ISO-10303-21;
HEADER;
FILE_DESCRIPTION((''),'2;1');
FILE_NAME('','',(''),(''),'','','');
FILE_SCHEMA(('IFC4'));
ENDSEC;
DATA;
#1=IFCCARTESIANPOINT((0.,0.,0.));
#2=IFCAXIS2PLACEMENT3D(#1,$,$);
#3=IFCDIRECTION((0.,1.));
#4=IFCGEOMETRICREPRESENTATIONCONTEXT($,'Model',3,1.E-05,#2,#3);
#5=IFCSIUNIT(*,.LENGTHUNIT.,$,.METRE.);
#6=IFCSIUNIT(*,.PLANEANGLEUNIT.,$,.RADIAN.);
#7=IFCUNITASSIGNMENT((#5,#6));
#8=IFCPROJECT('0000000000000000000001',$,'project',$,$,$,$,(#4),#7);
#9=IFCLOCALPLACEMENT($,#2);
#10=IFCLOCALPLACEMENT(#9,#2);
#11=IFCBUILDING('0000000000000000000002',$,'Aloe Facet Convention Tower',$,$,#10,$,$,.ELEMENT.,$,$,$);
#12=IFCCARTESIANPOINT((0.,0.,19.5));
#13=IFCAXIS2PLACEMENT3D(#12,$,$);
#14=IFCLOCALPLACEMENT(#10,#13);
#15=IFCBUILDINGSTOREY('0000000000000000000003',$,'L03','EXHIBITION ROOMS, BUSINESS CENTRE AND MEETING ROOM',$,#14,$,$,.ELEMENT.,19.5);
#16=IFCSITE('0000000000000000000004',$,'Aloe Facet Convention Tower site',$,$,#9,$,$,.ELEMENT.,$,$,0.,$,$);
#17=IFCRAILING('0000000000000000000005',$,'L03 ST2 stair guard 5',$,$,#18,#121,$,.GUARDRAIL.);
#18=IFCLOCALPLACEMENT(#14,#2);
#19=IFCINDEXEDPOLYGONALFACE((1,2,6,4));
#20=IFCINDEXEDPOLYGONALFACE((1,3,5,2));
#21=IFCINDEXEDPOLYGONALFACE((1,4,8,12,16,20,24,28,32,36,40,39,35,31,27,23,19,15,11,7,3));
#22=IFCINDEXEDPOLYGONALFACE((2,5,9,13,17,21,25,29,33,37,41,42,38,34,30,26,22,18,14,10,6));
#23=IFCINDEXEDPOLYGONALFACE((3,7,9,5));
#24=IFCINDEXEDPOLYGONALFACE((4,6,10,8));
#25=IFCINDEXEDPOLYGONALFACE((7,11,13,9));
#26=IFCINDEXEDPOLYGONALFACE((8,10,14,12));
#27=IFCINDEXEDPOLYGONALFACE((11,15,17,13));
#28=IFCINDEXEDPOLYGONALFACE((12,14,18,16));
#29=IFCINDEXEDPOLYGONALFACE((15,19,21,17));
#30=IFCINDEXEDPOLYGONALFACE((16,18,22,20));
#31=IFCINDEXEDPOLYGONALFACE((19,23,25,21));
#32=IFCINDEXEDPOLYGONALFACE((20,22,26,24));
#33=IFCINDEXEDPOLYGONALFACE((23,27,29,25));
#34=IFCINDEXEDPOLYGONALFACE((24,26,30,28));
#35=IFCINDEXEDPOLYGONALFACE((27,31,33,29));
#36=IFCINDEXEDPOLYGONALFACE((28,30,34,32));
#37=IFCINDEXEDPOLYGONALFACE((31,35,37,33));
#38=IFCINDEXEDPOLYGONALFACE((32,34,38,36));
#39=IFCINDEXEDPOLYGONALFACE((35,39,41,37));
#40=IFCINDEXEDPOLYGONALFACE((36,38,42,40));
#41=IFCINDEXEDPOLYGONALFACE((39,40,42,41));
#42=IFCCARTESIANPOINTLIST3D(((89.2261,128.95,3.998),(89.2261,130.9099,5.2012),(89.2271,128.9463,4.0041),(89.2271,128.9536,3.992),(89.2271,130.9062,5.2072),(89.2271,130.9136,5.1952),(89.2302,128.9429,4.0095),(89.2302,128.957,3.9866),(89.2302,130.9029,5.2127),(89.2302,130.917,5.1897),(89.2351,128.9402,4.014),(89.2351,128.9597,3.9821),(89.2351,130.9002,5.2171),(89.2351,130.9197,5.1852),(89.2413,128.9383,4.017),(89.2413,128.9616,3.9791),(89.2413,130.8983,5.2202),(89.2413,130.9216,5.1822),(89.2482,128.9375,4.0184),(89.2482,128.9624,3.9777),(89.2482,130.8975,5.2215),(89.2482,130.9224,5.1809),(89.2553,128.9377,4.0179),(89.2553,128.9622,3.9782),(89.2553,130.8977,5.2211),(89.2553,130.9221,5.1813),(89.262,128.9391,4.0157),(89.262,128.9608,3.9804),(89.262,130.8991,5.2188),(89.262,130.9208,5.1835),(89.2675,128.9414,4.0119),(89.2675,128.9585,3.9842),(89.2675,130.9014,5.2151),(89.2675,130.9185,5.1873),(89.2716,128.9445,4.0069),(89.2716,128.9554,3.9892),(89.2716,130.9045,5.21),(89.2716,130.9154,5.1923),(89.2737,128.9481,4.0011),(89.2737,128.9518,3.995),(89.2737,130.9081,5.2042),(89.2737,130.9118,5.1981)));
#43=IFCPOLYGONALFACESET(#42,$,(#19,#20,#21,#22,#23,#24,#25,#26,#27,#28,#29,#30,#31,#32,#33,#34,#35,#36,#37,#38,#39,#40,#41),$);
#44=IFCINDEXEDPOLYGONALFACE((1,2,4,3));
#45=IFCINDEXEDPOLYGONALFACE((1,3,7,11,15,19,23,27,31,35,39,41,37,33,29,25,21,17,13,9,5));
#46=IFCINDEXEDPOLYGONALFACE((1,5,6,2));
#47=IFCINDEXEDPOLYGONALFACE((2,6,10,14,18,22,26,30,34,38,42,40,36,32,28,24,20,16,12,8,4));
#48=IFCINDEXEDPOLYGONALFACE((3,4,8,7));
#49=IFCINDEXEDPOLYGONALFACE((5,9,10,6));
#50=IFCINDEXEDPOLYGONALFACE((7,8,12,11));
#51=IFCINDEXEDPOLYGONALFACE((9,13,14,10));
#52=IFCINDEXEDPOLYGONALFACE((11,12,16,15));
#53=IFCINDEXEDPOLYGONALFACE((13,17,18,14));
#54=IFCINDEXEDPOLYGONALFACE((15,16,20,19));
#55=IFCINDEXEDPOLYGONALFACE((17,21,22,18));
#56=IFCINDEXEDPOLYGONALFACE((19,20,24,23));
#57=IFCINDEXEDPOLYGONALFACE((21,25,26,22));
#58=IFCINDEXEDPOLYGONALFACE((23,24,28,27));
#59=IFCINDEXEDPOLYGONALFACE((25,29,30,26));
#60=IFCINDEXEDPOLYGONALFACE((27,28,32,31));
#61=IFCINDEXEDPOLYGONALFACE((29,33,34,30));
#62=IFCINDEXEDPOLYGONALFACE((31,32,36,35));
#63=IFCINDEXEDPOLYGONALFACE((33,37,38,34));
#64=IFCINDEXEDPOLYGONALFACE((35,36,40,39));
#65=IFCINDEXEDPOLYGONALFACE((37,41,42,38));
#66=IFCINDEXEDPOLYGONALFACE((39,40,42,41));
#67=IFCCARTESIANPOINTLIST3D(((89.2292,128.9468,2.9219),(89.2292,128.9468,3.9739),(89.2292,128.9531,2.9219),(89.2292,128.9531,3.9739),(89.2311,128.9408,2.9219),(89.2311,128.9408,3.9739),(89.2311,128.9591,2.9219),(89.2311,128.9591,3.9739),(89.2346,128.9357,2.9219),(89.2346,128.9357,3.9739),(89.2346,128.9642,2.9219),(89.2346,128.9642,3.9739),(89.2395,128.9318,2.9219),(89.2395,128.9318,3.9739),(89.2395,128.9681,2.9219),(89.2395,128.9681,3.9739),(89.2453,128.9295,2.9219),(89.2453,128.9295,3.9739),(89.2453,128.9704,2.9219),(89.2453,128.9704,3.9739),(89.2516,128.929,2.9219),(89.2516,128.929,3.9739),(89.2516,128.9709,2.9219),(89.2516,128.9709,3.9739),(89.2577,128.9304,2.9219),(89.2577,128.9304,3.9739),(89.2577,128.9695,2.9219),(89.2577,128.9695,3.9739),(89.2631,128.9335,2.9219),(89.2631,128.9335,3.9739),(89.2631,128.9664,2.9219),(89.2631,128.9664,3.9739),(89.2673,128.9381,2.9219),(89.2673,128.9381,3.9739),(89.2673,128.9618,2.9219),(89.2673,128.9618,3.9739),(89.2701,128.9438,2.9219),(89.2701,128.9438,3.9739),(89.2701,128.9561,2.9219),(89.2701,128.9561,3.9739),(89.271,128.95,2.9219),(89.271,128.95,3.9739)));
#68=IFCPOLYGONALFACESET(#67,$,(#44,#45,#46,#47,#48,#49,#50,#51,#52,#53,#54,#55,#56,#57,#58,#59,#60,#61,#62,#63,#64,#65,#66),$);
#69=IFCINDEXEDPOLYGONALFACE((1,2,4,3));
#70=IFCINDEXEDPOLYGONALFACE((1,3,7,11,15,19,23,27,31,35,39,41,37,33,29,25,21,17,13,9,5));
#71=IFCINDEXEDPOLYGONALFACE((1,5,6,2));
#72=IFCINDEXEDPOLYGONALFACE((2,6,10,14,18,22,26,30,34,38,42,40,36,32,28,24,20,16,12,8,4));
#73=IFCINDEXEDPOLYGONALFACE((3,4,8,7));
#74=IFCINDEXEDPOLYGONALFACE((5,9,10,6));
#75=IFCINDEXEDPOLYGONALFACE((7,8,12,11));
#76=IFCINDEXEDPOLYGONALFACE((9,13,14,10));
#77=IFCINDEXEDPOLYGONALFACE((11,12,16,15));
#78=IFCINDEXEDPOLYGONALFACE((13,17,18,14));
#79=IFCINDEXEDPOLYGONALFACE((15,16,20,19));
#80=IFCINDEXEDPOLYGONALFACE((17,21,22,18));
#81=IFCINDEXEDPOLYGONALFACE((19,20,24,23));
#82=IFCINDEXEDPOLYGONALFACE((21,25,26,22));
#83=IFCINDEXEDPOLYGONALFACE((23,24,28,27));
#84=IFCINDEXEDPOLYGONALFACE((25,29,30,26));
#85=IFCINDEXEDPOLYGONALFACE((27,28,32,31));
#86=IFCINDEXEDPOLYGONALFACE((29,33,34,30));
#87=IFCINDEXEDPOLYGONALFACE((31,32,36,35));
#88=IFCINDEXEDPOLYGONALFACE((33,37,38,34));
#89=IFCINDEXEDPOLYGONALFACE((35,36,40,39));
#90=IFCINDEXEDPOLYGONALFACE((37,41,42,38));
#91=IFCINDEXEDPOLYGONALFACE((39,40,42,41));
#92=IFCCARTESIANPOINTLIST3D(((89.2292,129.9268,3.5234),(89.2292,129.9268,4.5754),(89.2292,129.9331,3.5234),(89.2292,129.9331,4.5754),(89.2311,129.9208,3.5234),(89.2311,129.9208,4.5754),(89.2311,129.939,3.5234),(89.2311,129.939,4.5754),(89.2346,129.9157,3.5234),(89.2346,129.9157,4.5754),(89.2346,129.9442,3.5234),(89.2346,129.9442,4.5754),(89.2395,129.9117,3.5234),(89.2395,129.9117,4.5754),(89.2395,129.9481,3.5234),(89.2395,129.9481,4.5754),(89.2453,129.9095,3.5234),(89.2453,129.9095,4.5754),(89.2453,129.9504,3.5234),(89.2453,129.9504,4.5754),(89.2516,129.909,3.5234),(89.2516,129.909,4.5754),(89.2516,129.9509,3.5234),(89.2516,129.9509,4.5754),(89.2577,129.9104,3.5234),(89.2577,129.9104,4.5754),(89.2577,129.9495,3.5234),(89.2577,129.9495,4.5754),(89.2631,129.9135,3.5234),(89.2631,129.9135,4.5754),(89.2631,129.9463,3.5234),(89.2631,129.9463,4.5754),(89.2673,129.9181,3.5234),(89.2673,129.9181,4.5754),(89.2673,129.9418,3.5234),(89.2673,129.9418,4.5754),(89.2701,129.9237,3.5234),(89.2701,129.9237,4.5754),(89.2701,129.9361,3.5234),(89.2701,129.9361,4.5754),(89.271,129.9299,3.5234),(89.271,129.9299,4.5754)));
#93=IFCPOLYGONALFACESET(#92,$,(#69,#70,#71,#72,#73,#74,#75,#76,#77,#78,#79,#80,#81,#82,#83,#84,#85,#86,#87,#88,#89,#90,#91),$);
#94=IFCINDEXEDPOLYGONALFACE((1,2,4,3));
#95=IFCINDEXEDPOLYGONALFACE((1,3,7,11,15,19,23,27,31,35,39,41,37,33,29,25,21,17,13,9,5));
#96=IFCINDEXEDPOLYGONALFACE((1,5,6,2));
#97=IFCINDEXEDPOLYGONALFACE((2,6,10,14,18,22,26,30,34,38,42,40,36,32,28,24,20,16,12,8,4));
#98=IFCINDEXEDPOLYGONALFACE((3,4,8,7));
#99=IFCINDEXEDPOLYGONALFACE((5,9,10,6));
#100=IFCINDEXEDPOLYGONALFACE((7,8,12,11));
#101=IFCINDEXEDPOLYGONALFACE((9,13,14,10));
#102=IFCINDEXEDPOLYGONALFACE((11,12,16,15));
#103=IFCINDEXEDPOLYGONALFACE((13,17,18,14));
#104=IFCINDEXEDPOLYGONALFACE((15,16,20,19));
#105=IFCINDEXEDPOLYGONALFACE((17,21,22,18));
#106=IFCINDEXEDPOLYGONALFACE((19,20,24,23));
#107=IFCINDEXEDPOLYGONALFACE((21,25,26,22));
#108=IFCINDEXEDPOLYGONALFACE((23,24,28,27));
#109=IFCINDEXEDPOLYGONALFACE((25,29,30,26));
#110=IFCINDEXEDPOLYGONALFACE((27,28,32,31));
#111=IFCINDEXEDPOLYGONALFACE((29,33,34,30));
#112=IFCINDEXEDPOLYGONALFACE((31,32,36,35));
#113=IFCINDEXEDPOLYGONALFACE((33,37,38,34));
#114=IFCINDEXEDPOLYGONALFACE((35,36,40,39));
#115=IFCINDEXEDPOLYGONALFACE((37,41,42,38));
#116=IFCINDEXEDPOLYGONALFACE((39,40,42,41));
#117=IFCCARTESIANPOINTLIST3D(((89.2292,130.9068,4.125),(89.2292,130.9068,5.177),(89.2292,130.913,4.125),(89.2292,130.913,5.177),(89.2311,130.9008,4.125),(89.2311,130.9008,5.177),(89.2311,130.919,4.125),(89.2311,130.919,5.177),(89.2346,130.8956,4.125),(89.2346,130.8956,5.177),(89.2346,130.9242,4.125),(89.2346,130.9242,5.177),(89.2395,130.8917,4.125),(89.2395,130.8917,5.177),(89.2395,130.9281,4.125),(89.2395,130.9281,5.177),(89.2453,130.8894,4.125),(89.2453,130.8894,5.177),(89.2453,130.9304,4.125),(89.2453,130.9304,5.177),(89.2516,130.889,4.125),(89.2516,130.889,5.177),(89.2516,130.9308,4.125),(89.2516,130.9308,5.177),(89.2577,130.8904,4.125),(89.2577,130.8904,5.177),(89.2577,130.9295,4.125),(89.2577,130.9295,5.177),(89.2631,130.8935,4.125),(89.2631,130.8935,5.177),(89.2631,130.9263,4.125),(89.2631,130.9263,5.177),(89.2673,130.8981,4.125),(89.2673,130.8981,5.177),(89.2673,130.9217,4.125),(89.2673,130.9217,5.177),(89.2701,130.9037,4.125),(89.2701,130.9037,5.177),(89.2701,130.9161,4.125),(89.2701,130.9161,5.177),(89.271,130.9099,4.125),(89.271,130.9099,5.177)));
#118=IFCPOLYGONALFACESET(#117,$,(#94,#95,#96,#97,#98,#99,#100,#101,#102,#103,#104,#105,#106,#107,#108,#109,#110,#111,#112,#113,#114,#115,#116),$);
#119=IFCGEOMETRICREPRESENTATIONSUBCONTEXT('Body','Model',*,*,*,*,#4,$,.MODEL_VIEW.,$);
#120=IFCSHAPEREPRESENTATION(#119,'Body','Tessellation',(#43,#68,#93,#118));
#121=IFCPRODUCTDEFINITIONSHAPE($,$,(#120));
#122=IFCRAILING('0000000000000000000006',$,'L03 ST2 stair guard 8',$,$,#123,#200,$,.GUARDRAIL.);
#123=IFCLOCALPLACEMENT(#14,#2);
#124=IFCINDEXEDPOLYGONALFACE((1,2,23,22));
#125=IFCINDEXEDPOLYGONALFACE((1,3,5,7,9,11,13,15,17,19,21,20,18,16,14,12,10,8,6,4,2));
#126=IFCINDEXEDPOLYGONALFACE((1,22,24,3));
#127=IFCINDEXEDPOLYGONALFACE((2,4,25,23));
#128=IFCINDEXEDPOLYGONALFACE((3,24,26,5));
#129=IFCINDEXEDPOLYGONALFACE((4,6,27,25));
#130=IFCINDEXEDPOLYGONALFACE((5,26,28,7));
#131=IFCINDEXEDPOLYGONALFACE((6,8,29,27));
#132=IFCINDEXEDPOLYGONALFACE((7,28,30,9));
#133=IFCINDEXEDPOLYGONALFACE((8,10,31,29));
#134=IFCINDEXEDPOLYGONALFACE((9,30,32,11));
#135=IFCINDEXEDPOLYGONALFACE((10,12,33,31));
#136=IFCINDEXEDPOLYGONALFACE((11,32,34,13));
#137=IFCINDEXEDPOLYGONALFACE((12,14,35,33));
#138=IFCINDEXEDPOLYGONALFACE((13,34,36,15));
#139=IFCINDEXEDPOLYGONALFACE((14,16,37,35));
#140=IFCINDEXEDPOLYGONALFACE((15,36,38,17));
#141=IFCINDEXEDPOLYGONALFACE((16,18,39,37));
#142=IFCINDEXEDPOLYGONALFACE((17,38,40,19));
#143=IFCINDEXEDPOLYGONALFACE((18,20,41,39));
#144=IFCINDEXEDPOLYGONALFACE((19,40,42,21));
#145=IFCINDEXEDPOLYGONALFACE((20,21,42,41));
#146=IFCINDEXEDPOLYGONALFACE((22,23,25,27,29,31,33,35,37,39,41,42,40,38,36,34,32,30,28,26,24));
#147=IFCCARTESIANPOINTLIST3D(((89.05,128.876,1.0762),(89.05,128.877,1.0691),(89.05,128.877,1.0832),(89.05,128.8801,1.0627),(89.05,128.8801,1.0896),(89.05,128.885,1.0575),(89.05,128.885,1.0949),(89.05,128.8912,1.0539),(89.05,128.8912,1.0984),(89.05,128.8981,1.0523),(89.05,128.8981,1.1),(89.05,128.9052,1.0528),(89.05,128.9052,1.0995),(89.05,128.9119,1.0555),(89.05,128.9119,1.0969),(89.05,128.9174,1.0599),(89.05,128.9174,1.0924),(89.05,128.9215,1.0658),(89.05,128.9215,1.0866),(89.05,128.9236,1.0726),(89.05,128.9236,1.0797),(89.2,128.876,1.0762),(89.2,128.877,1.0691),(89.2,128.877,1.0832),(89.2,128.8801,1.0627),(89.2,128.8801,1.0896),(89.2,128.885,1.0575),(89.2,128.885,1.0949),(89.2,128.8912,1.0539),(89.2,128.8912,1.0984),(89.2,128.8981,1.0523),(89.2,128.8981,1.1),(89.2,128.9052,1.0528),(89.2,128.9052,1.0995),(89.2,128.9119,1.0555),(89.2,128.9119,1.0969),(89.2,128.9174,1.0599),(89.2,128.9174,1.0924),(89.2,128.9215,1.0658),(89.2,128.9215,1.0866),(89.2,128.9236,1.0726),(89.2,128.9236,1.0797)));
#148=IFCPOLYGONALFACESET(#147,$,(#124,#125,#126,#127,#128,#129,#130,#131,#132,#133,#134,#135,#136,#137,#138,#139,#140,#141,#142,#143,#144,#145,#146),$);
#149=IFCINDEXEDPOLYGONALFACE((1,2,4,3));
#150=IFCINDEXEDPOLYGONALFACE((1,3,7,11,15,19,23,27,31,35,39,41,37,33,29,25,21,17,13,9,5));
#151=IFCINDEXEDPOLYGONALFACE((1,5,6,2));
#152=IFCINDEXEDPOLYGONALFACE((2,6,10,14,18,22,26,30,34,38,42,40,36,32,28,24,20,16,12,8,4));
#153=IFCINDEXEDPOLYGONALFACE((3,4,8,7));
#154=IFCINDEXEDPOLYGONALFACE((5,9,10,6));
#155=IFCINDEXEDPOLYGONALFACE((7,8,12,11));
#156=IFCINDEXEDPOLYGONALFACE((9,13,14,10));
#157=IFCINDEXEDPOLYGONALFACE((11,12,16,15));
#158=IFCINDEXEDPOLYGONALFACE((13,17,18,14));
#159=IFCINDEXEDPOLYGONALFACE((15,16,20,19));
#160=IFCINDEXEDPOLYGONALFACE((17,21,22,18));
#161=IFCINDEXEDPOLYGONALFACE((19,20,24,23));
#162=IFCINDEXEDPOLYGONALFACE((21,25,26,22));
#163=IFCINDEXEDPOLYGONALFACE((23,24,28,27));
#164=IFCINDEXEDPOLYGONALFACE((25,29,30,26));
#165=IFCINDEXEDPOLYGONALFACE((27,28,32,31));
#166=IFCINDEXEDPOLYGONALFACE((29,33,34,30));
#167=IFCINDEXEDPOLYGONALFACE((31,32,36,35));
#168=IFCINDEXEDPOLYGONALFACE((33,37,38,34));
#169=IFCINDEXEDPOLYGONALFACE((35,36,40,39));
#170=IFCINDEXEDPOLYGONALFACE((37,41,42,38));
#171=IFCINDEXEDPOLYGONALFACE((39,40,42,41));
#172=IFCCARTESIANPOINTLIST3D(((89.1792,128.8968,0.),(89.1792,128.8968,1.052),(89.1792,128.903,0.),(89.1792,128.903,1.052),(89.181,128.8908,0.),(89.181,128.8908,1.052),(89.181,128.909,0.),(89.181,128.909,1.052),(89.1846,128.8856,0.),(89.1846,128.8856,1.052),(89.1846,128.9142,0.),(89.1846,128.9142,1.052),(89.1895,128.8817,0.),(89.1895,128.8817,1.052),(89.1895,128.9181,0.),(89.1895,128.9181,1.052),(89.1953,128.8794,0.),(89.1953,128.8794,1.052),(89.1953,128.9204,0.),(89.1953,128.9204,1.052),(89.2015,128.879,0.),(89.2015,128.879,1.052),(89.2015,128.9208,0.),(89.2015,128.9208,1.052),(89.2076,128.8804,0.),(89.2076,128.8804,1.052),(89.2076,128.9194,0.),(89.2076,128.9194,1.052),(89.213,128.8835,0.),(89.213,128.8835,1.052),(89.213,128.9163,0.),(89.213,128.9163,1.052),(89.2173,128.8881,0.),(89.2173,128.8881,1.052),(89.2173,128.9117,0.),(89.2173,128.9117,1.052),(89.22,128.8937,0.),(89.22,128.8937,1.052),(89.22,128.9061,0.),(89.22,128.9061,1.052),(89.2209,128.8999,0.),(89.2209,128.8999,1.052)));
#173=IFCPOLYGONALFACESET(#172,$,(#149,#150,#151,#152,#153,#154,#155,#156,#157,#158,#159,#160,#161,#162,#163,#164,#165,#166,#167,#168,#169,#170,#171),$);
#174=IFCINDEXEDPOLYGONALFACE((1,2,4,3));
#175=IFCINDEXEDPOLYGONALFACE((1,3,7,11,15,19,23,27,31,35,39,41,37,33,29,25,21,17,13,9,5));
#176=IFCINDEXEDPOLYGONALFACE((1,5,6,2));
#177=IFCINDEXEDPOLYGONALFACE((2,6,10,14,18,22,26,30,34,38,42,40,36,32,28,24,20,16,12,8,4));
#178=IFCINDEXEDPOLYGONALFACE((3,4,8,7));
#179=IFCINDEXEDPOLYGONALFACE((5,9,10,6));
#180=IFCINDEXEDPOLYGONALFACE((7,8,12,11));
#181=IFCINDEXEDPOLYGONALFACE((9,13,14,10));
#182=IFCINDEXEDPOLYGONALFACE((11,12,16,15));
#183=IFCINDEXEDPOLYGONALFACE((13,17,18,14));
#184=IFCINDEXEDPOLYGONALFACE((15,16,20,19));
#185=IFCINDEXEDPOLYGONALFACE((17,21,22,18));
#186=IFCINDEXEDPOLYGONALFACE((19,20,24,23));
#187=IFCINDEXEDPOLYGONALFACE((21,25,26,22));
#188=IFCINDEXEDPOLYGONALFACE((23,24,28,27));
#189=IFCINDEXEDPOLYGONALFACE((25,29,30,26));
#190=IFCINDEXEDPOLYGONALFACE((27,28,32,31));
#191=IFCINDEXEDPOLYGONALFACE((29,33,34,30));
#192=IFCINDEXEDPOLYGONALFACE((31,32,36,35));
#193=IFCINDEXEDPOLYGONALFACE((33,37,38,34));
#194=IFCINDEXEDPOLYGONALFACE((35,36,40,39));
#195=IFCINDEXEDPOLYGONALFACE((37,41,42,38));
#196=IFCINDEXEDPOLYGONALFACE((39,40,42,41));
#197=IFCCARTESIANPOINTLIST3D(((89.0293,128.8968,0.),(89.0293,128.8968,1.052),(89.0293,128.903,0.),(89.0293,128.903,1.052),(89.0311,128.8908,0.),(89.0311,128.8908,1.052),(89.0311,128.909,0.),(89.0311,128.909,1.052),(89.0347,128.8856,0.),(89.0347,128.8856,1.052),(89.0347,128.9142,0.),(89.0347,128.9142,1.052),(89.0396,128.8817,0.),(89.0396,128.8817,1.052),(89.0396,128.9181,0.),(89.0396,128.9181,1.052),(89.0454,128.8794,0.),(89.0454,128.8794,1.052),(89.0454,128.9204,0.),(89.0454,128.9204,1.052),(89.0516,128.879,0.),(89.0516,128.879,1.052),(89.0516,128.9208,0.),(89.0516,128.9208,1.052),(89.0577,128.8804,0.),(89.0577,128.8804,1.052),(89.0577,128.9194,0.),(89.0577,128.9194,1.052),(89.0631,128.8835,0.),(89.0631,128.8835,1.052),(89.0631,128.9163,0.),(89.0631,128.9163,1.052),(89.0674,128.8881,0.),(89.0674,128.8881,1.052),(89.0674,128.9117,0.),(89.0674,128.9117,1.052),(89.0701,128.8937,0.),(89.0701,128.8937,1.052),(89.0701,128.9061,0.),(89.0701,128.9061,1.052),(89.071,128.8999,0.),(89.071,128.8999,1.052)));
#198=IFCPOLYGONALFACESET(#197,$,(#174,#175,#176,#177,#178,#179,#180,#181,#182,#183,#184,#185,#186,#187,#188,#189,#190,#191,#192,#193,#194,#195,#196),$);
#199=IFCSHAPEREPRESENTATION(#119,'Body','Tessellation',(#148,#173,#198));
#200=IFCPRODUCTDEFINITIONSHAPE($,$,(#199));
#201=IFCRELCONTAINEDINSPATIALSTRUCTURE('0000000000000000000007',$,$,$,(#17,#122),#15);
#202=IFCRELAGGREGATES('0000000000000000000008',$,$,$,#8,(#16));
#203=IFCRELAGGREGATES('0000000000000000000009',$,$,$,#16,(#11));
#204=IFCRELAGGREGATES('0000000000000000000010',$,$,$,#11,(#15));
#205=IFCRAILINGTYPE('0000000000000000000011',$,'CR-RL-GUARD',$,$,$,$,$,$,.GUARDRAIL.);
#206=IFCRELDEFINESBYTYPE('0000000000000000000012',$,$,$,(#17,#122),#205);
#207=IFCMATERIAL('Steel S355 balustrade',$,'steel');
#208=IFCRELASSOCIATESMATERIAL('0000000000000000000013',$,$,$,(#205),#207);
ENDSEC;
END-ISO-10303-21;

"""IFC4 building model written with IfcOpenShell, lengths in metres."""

from ifc_helpers import new_model, si_unit, direction, frame, origin, origin_2d, place, context, subcontext, project, spatial, circle, extrude, material, type_object, element, save


model = new_model("IFC4")

# Units and contexts
model_context = context("Model", 3, precision=1e-05, world=origin(), true_north=direction((0.0, 1.0)))
body_context = subcontext(model_context, "Body", "Model", "MODEL_VIEW")
ifc_project = project(units=[si_unit("LENGTHUNIT", "METRE"), si_unit("PLANEANGLEUNIT", "RADIAN")], contexts=[model_context])

# Site, building, storey
site_placement = place(None, origin())
site = spatial("IfcSite", under=ifc_project, at=site_placement, Name="Aloe Facet Convention Tower site", CompositionType="ELEMENT", RefElevation=0.0)
building_placement = place(site_placement, origin())
building = spatial("IfcBuilding", under=site, at=building_placement, Name="Aloe Facet Convention Tower", CompositionType="ELEMENT")
storey_placement = place(building_placement, frame((0.0, 0.0, 19.5)))
storey = spatial("IfcBuildingStorey", under=building, at=storey_placement, Name="L03", Description="EXHIBITION ROOMS, BUSINESS CENTRE AND MEETING ROOM", CompositionType="ELEMENT", Elevation=19.5)

# Railings
ifc_material_1 = material(Name="Steel S355 balustrade", Category="steel")
railing_type_1 = type_object("IfcRailingType", Name="CR-RL-GUARD", PredefinedType="GUARDRAIL", material=ifc_material_1)
railing_1_placement = place(storey_placement, frame((89.25, 128.95, 2.9219)))
element("IfcRailing", 1, at=railing_1_placement, inside=storey, type_object=railing_type_1, Name="L03 ST2 stair guard 5", PredefinedType="GUARDRAIL", context=body_context, shape_type="SweptSolid", body=[
    extrude(circle(Radius=0.0239, at=origin_2d()), frame((0.0, 0.0, 1.0762), z_axis=(0.0, 0.852241, 0.523149), x_axis=(-1.0, 0.0, 0.0)), (0.0, 0.0, 1.0), 2.2998),
    extrude(circle(Radius=0.021, at=origin_2d()), origin(), (0.0, 0.0, 1.0), 1.052),
    extrude(circle(Radius=0.021, at=origin_2d()), frame((0.0, 0.98, 0.6016)), (0.0, 0.0, 1.0), 1.052),
    extrude(circle(Radius=0.021, at=origin_2d()), frame((0.0, 1.96, 1.2031)), (0.0, 0.0, 1.0), 1.052),
])
railing_2_placement = place(storey_placement, frame((89.2, 128.8999, 0.0)))
element("IfcRailing", 2, at=railing_2_placement, inside=storey, type_object=railing_type_1, Name="L03 ST2 stair guard 8", PredefinedType="GUARDRAIL", context=body_context, shape_type="SweptSolid", body=[
    extrude(circle(Radius=0.0239, at=origin_2d()), frame((0.0, 0.0, 1.0762), z_axis=(-1.0, 0.0, 0.0), x_axis=(0.0, -1.0, 0.0)), (0.0, 0.0, 1.0), 0.1499),
    extrude(circle(Radius=0.021, at=origin_2d()), origin(), (0.0, 0.0, 1.0), 1.052),
    extrude(circle(Radius=0.021, at=origin_2d()), frame((-0.1499, 0.0, 0.0)), (0.0, 0.0, 1.0), 1.052),
])

save(model, "model.ifc")
